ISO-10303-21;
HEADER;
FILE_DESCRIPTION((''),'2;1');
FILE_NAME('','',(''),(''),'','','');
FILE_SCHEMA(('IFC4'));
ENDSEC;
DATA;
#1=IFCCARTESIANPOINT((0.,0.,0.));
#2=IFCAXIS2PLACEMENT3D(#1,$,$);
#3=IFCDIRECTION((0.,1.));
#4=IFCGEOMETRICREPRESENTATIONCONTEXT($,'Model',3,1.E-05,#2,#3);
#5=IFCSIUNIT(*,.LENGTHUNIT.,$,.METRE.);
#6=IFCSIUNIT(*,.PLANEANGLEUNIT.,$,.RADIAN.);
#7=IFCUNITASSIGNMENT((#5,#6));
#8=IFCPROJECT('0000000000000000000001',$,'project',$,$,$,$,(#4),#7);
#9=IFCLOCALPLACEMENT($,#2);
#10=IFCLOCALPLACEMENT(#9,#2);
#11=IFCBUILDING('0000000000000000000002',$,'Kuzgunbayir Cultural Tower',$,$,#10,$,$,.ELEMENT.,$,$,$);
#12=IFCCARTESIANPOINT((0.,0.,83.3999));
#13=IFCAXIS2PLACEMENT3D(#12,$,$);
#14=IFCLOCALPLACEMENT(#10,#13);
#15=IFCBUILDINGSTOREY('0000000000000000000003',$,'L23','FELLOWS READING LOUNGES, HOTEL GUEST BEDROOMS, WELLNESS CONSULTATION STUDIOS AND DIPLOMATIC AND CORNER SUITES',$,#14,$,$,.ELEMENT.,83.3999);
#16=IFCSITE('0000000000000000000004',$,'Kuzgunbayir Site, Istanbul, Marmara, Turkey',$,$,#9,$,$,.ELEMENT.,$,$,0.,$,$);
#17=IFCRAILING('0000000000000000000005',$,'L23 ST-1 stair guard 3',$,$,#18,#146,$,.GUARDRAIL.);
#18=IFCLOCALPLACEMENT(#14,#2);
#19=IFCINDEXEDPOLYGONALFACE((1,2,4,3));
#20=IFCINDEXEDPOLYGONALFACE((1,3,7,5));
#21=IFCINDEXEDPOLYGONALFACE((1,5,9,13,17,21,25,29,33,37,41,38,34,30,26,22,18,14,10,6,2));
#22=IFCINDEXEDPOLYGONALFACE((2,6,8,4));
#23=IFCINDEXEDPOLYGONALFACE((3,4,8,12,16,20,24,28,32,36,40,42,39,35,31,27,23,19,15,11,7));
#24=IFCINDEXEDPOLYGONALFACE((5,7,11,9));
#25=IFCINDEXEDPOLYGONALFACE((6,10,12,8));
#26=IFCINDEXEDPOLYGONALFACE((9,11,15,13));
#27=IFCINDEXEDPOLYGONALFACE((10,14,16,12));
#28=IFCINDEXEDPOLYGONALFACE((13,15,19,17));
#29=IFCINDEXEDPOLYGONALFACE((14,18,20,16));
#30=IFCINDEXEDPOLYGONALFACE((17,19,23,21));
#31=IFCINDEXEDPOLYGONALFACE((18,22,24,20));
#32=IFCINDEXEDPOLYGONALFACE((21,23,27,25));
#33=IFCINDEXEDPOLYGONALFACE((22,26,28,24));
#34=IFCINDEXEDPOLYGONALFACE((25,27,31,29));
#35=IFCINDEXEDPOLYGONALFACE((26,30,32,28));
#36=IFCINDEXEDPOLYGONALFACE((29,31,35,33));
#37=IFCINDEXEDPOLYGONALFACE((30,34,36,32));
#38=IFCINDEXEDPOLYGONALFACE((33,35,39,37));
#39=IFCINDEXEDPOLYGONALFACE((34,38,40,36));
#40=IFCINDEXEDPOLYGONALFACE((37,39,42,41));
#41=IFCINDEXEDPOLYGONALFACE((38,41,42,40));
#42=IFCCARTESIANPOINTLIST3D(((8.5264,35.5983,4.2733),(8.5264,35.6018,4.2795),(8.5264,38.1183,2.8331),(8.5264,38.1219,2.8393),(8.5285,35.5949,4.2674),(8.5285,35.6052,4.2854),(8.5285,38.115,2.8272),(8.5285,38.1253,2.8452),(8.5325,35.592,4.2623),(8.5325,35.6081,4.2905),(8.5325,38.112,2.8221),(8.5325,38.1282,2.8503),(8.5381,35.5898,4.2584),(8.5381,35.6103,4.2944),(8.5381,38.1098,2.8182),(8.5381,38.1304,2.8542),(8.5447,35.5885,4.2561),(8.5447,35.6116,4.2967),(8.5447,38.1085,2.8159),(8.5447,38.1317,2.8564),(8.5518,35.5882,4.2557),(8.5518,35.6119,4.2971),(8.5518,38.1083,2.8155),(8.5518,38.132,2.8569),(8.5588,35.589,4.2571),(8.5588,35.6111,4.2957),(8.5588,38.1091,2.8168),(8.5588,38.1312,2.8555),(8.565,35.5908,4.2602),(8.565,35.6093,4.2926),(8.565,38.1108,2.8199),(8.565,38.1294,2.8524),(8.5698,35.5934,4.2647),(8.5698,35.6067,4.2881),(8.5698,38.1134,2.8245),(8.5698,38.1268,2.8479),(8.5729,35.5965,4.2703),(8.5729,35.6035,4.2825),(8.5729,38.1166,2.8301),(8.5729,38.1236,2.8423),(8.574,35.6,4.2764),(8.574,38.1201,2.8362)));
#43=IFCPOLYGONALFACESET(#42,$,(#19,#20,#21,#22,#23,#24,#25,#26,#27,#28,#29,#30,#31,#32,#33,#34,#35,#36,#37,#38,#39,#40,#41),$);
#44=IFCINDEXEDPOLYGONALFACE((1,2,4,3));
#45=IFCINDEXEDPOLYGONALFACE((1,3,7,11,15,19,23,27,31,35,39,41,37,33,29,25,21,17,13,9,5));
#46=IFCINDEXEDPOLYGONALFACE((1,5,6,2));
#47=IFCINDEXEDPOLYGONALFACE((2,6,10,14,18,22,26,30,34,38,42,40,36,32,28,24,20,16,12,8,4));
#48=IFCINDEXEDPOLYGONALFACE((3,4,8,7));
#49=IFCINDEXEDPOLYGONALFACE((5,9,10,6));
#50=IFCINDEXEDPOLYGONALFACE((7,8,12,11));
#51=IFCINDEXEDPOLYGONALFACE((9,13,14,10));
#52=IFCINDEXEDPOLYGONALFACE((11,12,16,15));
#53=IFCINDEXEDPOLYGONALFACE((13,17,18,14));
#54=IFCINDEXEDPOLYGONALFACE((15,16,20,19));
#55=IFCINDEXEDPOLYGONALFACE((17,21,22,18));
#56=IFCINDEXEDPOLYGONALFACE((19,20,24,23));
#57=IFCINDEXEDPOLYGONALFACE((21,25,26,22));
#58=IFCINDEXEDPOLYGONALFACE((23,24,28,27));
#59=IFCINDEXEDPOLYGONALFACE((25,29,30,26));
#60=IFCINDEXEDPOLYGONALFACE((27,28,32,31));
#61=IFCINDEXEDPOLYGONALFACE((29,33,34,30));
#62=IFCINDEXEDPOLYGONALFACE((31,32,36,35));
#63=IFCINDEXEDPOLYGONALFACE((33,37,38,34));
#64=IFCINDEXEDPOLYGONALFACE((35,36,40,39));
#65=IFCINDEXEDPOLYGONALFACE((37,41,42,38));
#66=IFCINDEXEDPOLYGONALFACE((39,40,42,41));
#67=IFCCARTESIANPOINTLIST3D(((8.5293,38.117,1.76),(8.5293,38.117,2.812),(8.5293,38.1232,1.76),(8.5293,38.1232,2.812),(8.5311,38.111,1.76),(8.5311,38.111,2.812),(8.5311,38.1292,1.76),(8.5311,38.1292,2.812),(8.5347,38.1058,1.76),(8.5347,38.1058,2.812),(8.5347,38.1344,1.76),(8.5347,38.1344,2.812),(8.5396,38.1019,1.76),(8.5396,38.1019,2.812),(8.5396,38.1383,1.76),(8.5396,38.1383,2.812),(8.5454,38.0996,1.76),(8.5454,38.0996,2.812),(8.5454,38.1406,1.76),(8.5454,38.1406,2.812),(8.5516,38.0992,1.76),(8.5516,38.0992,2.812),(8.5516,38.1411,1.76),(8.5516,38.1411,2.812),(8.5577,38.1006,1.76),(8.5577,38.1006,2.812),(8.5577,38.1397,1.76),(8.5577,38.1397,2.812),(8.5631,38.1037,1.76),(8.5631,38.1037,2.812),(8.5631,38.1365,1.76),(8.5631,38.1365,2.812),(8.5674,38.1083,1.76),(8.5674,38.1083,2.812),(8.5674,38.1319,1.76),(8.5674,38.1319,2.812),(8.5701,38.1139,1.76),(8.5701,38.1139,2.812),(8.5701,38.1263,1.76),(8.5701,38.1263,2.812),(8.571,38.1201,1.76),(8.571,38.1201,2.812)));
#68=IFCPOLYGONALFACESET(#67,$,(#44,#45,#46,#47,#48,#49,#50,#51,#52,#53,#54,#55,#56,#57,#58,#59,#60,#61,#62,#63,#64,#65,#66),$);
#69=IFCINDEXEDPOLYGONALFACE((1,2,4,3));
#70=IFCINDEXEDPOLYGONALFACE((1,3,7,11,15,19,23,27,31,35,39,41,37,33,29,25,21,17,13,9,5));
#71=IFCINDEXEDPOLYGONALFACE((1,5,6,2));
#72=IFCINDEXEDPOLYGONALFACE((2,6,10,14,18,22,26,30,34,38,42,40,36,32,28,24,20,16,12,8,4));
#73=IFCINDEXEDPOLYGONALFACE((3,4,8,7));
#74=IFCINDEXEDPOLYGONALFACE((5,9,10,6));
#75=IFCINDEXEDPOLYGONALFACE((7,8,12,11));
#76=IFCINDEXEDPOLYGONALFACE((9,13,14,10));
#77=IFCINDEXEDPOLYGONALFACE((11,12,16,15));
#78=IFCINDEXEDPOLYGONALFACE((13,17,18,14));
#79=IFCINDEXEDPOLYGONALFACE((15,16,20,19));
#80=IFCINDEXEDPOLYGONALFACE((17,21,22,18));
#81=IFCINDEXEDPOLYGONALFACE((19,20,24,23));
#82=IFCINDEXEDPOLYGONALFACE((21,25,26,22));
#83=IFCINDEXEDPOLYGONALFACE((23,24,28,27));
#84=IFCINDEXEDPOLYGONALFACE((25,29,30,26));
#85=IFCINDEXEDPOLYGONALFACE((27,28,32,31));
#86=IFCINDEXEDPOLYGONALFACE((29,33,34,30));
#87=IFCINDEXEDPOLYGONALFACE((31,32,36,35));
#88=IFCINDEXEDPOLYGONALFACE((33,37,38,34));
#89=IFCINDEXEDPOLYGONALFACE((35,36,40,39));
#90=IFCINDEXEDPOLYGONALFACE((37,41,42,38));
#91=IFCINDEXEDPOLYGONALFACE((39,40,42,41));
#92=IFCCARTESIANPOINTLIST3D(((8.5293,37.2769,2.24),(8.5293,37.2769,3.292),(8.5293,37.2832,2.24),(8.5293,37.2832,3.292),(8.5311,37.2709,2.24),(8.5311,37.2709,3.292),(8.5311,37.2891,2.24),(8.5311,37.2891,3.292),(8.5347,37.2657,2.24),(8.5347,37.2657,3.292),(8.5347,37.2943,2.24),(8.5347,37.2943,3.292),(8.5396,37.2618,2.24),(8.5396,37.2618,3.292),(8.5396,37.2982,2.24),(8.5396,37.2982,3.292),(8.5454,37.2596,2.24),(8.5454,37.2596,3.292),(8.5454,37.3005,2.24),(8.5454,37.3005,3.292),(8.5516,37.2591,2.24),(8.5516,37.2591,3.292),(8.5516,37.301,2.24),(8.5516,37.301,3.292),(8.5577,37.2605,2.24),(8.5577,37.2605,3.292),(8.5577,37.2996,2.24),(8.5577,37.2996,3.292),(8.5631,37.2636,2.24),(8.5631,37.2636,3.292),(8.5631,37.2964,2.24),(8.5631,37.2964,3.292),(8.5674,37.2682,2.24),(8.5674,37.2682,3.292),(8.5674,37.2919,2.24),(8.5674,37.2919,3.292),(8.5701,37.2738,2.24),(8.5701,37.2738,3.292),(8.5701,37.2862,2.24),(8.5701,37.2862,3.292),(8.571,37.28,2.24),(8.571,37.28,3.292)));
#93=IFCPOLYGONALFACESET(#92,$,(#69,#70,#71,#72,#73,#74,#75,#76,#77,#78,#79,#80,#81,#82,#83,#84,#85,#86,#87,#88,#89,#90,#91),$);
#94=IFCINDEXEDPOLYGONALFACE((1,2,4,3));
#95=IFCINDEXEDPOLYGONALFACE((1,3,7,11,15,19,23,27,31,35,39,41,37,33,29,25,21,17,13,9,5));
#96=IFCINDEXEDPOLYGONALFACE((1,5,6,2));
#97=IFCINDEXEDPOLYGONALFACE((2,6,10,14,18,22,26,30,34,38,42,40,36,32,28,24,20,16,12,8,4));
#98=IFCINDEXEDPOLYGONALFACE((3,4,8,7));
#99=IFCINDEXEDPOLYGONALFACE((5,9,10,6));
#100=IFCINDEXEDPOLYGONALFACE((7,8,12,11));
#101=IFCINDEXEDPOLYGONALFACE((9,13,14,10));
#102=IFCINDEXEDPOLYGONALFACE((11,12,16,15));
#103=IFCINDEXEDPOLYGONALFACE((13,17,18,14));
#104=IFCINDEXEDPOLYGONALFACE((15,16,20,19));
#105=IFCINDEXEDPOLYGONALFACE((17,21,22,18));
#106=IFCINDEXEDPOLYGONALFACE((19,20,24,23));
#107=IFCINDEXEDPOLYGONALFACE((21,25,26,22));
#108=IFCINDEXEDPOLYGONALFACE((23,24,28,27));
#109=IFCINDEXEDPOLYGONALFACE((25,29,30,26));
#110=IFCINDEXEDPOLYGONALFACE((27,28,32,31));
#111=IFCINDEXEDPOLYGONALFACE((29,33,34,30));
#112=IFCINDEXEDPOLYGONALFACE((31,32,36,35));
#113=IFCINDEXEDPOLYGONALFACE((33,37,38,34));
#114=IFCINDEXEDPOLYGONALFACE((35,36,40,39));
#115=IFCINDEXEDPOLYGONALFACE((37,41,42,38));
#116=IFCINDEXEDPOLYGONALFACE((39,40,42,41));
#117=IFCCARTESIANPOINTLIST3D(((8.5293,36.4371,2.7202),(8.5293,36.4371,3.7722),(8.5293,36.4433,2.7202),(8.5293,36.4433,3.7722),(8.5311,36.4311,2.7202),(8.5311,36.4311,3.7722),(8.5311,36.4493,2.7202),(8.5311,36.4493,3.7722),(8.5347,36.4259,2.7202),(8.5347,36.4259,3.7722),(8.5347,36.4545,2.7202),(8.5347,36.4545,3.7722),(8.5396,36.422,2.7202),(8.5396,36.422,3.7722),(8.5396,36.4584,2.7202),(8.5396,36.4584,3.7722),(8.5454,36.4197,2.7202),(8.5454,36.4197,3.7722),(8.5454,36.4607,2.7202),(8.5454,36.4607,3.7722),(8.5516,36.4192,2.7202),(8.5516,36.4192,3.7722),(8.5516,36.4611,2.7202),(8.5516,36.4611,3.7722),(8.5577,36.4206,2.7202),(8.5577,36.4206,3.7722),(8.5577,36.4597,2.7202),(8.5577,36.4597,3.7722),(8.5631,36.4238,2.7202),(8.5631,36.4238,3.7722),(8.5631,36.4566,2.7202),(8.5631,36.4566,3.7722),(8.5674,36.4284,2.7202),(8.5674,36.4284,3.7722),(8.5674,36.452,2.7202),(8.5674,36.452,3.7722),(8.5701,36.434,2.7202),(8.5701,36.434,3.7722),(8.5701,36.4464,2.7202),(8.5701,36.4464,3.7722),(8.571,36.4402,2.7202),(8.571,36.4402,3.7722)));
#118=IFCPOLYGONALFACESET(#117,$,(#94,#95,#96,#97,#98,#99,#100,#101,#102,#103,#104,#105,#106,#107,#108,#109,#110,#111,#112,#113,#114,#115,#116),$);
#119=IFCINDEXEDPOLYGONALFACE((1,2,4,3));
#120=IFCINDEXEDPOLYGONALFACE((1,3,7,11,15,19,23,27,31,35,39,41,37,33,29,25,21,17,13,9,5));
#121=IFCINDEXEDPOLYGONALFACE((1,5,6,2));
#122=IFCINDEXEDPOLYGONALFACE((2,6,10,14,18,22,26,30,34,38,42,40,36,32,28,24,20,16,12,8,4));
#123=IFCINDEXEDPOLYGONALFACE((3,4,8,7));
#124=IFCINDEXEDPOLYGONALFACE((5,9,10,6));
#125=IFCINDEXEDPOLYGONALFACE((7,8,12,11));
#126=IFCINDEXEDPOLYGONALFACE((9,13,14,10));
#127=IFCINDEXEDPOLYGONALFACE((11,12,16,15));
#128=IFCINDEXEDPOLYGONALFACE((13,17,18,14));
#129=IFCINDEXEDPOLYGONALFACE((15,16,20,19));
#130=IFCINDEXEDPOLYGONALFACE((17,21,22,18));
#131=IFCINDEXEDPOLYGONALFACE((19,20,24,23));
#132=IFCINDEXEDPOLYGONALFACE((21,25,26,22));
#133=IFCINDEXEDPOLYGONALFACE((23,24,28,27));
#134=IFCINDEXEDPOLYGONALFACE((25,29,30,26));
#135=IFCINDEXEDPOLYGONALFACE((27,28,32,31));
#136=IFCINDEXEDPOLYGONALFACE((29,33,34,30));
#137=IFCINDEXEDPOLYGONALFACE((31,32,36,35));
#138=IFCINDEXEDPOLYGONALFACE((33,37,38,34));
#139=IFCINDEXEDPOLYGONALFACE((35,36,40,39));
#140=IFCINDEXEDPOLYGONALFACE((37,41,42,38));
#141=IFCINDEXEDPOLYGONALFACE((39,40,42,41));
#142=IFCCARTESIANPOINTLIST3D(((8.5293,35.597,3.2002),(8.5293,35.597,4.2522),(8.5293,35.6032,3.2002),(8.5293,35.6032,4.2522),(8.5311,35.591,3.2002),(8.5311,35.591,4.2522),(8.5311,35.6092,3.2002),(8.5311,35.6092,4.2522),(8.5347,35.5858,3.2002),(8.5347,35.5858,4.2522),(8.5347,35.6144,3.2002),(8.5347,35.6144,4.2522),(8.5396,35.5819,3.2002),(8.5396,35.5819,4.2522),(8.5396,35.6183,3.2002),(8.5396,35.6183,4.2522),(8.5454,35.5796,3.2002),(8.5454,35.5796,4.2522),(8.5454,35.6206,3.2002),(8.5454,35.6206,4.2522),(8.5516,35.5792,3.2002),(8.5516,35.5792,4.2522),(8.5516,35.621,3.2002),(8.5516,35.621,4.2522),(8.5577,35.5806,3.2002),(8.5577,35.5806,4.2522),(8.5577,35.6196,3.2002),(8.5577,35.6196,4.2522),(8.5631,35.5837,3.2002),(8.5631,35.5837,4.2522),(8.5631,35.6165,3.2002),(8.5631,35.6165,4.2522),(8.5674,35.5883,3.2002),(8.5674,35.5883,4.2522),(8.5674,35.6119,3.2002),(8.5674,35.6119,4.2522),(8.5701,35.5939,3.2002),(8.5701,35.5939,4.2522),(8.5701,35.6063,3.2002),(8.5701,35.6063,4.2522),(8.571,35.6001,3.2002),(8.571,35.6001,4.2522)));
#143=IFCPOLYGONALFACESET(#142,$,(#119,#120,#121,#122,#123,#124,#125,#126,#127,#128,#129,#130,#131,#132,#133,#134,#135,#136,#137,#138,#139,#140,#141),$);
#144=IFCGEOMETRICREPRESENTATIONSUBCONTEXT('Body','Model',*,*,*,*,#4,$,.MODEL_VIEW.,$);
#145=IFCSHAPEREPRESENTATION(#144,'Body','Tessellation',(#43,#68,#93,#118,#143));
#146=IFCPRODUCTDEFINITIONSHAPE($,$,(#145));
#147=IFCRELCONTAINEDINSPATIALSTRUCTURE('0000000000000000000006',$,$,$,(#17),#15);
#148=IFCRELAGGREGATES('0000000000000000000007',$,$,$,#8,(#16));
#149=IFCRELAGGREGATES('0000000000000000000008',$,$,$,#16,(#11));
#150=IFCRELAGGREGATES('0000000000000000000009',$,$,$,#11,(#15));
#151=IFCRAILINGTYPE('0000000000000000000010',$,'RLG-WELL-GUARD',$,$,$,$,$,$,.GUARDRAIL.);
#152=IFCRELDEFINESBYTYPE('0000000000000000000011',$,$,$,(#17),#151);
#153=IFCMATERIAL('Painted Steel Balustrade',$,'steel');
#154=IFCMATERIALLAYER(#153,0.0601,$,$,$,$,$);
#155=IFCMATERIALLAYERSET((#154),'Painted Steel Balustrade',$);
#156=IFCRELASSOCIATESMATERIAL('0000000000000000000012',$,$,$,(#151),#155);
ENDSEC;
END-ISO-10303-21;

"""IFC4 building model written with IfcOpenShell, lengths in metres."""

from ifc_helpers import new_model, si_unit, direction, frame, origin, origin_2d, place, context, subcontext, project, spatial, circle, extrude, material, layer, layer_set, type_object, element, save


model = new_model("IFC4")

# Units and contexts
model_context = context("Model", 3, precision=1e-05, world=origin(), true_north=direction((0.0, 1.0)))
body_context = subcontext(model_context, "Body", "Model", "MODEL_VIEW")
ifc_project = project(units=[si_unit("LENGTHUNIT", "METRE"), si_unit("PLANEANGLEUNIT", "RADIAN")], contexts=[model_context])

# Site, building, storey
site_placement = place(None, origin())
site = spatial("IfcSite", under=ifc_project, at=site_placement, Name="Kuzgunbayir Site, Istanbul, Marmara, Turkey", CompositionType="ELEMENT", RefElevation=0.0)
building_placement = place(site_placement, origin())
building = spatial("IfcBuilding", under=site, at=building_placement, Name="Kuzgunbayir Cultural Tower", CompositionType="ELEMENT")
storey_placement = place(building_placement, frame((0.0, 0.0, 83.3999)))
storey = spatial("IfcBuildingStorey", under=building, at=storey_placement, Name="L23", Description="FELLOWS READING LOUNGES, HOTEL GUEST BEDROOMS, WELLNESS CONSULTATION STUDIOS AND DIPLOMATIC AND CORNER SUITES", CompositionType="ELEMENT", Elevation=83.3999)

# Railing
ifc_material_1 = material(Name="Painted Steel Balustrade", Category="steel")
ifc_layer_1 = layer(ifc_material_1, 0.0601)
ifc_layer_set_1 = layer_set([ifc_layer_1], Name="Painted Steel Balustrade")
railing_type_1 = type_object("IfcRailingType", Name="RLG-WELL-GUARD", PredefinedType="GUARDRAIL", material=ifc_layer_set_1)
railing_1_placement = place(storey_placement, frame((8.55, 38.1201, 1.76)))
element("IfcRailing", 1, at=railing_1_placement, inside=storey, type_object=railing_type_1, Name="L23 ST-1 stair guard 3", PredefinedType="GUARDRAIL", context=body_context, shape_type="SweptSolid", body=[
    extrude(circle(Radius=0.0239, at=origin_2d()), frame((0.0, 0.0, 1.0762), z_axis=(0.0, -0.868217, 0.496184), x_axis=(1.0, 0.0, 0.0)), (0.0, 0.0, 1.0), 2.9026),
    extrude(circle(Radius=0.021, at=origin_2d()), origin(), (0.0, 0.0, 1.0), 1.052),
    extrude(circle(Radius=0.021, at=origin_2d()), frame((0.0, -0.8401, 0.48)), (0.0, 0.0, 1.0), 1.052),
    extrude(circle(Radius=0.021, at=origin_2d()), frame((0.0, -1.6799, 0.9602)), (0.0, 0.0, 1.0), 1.052),
    extrude(circle(Radius=0.021, at=origin_2d()), frame((0.0, -2.52, 1.4402)), (0.0, 0.0, 1.0), 1.052),
])

save(model, "model.ifc")
